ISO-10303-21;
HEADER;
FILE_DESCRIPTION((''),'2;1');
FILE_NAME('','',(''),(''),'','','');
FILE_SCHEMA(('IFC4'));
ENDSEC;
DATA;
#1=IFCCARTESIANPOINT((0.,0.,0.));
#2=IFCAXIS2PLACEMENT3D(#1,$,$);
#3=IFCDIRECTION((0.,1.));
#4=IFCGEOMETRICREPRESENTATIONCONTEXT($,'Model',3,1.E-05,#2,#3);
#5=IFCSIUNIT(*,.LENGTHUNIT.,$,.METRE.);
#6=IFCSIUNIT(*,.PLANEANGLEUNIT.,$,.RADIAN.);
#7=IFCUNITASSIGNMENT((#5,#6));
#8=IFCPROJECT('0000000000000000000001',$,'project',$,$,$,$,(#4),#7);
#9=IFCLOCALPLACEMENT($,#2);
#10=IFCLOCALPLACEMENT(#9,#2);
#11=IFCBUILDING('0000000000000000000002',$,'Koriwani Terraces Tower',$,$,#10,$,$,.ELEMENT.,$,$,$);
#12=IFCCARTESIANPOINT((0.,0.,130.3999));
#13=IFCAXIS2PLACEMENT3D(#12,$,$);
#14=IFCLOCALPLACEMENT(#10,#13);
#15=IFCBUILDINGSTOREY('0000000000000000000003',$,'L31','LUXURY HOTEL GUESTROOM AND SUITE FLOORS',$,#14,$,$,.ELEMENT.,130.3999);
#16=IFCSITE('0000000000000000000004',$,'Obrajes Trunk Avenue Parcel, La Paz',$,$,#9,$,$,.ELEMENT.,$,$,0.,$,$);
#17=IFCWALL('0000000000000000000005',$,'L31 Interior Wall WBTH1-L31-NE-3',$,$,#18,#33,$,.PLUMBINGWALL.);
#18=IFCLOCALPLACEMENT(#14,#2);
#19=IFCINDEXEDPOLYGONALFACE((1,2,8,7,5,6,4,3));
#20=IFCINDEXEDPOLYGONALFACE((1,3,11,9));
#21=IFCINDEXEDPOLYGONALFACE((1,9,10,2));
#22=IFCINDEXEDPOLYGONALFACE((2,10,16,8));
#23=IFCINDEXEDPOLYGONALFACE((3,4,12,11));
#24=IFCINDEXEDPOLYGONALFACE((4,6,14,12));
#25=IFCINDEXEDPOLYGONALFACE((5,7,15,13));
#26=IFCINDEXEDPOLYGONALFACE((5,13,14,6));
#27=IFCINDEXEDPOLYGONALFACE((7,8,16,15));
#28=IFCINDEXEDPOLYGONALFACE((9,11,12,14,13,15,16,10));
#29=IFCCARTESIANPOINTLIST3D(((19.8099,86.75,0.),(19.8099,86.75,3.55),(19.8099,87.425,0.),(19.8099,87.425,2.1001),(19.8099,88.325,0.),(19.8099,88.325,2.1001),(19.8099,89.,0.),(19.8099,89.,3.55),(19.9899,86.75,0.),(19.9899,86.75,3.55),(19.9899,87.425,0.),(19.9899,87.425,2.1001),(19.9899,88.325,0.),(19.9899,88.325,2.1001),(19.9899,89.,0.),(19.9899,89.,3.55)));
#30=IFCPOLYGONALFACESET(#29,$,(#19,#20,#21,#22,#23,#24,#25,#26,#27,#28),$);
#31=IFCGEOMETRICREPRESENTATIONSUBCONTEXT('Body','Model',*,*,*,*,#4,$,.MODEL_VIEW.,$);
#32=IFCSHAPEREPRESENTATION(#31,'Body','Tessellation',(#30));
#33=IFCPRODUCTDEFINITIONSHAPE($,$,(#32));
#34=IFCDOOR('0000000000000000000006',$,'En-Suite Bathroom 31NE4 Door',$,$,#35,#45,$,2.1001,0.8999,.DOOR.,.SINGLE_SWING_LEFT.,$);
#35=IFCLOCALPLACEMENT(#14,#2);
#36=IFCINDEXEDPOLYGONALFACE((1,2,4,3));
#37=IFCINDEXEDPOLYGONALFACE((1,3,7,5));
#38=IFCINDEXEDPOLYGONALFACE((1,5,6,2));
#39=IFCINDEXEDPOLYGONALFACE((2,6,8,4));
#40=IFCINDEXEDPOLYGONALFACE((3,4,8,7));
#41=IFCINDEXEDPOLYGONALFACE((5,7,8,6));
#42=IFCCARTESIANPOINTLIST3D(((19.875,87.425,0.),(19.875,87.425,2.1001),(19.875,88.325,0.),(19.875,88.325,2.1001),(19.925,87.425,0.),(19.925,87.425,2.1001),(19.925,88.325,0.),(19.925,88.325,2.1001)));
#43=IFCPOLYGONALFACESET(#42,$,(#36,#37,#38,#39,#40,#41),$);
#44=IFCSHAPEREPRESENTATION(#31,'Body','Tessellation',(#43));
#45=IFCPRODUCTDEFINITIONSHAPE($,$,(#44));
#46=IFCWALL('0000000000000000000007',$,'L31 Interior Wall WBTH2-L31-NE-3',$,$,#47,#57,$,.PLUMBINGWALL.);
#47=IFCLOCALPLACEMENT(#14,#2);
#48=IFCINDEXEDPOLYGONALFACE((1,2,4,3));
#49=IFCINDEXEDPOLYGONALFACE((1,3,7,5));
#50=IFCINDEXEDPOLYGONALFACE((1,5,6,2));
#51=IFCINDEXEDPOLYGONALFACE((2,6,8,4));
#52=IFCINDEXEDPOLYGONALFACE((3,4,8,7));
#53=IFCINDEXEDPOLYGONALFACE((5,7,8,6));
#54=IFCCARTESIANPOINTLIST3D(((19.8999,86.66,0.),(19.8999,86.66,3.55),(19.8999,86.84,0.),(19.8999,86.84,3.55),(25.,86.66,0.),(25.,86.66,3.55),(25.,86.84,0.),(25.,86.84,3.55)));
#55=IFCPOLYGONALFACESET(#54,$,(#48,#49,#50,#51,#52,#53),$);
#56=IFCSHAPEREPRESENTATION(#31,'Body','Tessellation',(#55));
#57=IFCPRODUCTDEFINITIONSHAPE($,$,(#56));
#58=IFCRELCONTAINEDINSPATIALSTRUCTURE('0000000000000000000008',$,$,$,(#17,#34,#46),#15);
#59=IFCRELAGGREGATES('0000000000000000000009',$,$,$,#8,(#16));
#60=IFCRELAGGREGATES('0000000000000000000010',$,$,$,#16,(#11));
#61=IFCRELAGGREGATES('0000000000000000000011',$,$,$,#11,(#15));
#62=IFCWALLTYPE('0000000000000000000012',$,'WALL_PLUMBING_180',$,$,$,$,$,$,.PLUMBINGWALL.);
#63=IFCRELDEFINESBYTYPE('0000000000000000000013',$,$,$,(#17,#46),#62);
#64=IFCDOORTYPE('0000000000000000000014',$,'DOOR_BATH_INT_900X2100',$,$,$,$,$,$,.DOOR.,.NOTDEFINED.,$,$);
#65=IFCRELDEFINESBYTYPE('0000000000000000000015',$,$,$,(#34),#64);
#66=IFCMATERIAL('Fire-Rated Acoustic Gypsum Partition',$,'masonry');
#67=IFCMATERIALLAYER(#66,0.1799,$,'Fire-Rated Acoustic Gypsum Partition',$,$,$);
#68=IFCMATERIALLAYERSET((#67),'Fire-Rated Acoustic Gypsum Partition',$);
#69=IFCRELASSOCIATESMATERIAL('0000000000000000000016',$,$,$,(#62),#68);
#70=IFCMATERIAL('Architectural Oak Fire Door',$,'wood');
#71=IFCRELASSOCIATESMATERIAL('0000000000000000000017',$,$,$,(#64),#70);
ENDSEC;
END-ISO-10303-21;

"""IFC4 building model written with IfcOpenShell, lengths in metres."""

from ifc_helpers import new_model, si_unit, direction, frame, frame_2d, origin, place, context, subcontext, project, spatial, rectangle, extrude, material, layer, layer_set, type_object, element, fill, save


model = new_model("IFC4")

# Units and contexts
model_context = context("Model", 3, precision=1e-05, world=origin(), true_north=direction((0.0, 1.0)))
body_context = subcontext(model_context, "Body", "Model", "MODEL_VIEW")
ifc_project = project(units=[si_unit("LENGTHUNIT", "METRE"), si_unit("PLANEANGLEUNIT", "RADIAN")], contexts=[model_context])

# Site, building, storey
site_placement = place(None, origin())
site = spatial("IfcSite", under=ifc_project, at=site_placement, Name="Obrajes Trunk Avenue Parcel, La Paz", CompositionType="ELEMENT", RefElevation=0.0)
building_placement = place(site_placement, origin())
building = spatial("IfcBuilding", under=site, at=building_placement, Name="Koriwani Terraces Tower", CompositionType="ELEMENT")
storey_placement = place(building_placement, frame((0.0, 0.0, 130.3999)))
storey = spatial("IfcBuildingStorey", under=building, at=storey_placement, Name="L31", Description="LUXURY HOTEL GUESTROOM AND SUITE FLOORS", CompositionType="ELEMENT", Elevation=130.3999)

# Shared definitions
ifc_material_1 = material(Name="Fire-Rated Acoustic Gypsum Partition", Category="masonry")
ifc_layer_1 = layer(ifc_material_1, 0.1799, Name="Fire-Rated Acoustic Gypsum Partition")
ifc_layer_set_1 = layer_set([ifc_layer_1], Name="Fire-Rated Acoustic Gypsum Partition")
wall_type_1 = type_object("IfcWallType", Name="WALL_PLUMBING_180", PredefinedType="PLUMBINGWALL", material=ifc_layer_set_1)
ifc_material_2 = material(Name="Architectural Oak Fire Door", Category="wood")
door_type = type_object("IfcDoorType", Name="DOOR_BATH_INT_900X2100", OperationType="NOTDEFINED", PredefinedType="DOOR", material=ifc_material_2)

# Wall, opening, door
wall_1_placement = place(storey_placement, frame((19.8999, 86.75, 0.0), z_axis=(0.0, 0.0, 1.0), x_axis=(0.0, 1.0, 0.0)))
wall_1 = element("IfcWall", 1, at=wall_1_placement, inside=storey, type_object=wall_type_1, Name="L31 Interior Wall WBTH1-L31-NE-3", PredefinedType="PLUMBINGWALL", context=body_context, shape_type="SweptSolid", body=[
    extrude(rectangle(XDim=2.25, YDim=0.1799, at=frame_2d((1.125, 0.0))), origin(), (0.0, 0.0, 1.0), 3.55),
])
opening_1_placement = place(wall_1_placement, frame((0.675, 0.0, 0.0)))
opening_1 = element("IfcOpeningElement", 2, at=opening_1_placement, cuts=wall_1, PredefinedType="OPENING", context=body_context, shape_type="SweptSolid", body=[
    extrude(rectangle(XDim=0.8999, YDim=2.1001, at=frame_2d((0.45, 1.05))), frame((0.0, 0.1001, 0.0), z_axis=(0.0, -1.0, 0.0), x_axis=(1.0, 0.0, 0.0)), (0.0, 0.0, 1.0), 0.2),
])
door_1_placement = place(opening_1_placement, origin())
door_1 = element("IfcDoor", 3, at=door_1_placement, inside=storey, type_object=door_type, Name="En-Suite Bathroom 31NE4 Door", OperationType="SINGLE_SWING_LEFT", OverallHeight=2.1001, OverallWidth=0.8999, PredefinedType="DOOR", context=body_context, shape_type="SweptSolid", body=[
    extrude(rectangle(XDim=0.8999, YDim=2.1001, at=frame_2d((0.45, 1.05))), frame((0.0, 0.0249, 0.0), z_axis=(0.0, -1.0, 0.0), x_axis=(1.0, 0.0, 0.0)), (0.0, 0.0, 1.0), 0.05),
])
fill(opening_1, door_1)

# Wall
wall_2_placement = place(storey_placement, frame((19.8999, 86.75, 0.0), z_axis=(0.0, 0.0, 1.0), x_axis=(1.0, 0.0, 0.0)))
element("IfcWall", 4, at=wall_2_placement, inside=storey, type_object=wall_type_1, Name="L31 Interior Wall WBTH2-L31-NE-3", PredefinedType="PLUMBINGWALL", context=body_context, shape_type="SweptSolid", body=[
    extrude(rectangle(XDim=5.1001, YDim=0.1799, at=frame_2d((2.55, 0.0))), origin(), (0.0, 0.0, 1.0), 3.55),
])

save(model, "model.ifc")
